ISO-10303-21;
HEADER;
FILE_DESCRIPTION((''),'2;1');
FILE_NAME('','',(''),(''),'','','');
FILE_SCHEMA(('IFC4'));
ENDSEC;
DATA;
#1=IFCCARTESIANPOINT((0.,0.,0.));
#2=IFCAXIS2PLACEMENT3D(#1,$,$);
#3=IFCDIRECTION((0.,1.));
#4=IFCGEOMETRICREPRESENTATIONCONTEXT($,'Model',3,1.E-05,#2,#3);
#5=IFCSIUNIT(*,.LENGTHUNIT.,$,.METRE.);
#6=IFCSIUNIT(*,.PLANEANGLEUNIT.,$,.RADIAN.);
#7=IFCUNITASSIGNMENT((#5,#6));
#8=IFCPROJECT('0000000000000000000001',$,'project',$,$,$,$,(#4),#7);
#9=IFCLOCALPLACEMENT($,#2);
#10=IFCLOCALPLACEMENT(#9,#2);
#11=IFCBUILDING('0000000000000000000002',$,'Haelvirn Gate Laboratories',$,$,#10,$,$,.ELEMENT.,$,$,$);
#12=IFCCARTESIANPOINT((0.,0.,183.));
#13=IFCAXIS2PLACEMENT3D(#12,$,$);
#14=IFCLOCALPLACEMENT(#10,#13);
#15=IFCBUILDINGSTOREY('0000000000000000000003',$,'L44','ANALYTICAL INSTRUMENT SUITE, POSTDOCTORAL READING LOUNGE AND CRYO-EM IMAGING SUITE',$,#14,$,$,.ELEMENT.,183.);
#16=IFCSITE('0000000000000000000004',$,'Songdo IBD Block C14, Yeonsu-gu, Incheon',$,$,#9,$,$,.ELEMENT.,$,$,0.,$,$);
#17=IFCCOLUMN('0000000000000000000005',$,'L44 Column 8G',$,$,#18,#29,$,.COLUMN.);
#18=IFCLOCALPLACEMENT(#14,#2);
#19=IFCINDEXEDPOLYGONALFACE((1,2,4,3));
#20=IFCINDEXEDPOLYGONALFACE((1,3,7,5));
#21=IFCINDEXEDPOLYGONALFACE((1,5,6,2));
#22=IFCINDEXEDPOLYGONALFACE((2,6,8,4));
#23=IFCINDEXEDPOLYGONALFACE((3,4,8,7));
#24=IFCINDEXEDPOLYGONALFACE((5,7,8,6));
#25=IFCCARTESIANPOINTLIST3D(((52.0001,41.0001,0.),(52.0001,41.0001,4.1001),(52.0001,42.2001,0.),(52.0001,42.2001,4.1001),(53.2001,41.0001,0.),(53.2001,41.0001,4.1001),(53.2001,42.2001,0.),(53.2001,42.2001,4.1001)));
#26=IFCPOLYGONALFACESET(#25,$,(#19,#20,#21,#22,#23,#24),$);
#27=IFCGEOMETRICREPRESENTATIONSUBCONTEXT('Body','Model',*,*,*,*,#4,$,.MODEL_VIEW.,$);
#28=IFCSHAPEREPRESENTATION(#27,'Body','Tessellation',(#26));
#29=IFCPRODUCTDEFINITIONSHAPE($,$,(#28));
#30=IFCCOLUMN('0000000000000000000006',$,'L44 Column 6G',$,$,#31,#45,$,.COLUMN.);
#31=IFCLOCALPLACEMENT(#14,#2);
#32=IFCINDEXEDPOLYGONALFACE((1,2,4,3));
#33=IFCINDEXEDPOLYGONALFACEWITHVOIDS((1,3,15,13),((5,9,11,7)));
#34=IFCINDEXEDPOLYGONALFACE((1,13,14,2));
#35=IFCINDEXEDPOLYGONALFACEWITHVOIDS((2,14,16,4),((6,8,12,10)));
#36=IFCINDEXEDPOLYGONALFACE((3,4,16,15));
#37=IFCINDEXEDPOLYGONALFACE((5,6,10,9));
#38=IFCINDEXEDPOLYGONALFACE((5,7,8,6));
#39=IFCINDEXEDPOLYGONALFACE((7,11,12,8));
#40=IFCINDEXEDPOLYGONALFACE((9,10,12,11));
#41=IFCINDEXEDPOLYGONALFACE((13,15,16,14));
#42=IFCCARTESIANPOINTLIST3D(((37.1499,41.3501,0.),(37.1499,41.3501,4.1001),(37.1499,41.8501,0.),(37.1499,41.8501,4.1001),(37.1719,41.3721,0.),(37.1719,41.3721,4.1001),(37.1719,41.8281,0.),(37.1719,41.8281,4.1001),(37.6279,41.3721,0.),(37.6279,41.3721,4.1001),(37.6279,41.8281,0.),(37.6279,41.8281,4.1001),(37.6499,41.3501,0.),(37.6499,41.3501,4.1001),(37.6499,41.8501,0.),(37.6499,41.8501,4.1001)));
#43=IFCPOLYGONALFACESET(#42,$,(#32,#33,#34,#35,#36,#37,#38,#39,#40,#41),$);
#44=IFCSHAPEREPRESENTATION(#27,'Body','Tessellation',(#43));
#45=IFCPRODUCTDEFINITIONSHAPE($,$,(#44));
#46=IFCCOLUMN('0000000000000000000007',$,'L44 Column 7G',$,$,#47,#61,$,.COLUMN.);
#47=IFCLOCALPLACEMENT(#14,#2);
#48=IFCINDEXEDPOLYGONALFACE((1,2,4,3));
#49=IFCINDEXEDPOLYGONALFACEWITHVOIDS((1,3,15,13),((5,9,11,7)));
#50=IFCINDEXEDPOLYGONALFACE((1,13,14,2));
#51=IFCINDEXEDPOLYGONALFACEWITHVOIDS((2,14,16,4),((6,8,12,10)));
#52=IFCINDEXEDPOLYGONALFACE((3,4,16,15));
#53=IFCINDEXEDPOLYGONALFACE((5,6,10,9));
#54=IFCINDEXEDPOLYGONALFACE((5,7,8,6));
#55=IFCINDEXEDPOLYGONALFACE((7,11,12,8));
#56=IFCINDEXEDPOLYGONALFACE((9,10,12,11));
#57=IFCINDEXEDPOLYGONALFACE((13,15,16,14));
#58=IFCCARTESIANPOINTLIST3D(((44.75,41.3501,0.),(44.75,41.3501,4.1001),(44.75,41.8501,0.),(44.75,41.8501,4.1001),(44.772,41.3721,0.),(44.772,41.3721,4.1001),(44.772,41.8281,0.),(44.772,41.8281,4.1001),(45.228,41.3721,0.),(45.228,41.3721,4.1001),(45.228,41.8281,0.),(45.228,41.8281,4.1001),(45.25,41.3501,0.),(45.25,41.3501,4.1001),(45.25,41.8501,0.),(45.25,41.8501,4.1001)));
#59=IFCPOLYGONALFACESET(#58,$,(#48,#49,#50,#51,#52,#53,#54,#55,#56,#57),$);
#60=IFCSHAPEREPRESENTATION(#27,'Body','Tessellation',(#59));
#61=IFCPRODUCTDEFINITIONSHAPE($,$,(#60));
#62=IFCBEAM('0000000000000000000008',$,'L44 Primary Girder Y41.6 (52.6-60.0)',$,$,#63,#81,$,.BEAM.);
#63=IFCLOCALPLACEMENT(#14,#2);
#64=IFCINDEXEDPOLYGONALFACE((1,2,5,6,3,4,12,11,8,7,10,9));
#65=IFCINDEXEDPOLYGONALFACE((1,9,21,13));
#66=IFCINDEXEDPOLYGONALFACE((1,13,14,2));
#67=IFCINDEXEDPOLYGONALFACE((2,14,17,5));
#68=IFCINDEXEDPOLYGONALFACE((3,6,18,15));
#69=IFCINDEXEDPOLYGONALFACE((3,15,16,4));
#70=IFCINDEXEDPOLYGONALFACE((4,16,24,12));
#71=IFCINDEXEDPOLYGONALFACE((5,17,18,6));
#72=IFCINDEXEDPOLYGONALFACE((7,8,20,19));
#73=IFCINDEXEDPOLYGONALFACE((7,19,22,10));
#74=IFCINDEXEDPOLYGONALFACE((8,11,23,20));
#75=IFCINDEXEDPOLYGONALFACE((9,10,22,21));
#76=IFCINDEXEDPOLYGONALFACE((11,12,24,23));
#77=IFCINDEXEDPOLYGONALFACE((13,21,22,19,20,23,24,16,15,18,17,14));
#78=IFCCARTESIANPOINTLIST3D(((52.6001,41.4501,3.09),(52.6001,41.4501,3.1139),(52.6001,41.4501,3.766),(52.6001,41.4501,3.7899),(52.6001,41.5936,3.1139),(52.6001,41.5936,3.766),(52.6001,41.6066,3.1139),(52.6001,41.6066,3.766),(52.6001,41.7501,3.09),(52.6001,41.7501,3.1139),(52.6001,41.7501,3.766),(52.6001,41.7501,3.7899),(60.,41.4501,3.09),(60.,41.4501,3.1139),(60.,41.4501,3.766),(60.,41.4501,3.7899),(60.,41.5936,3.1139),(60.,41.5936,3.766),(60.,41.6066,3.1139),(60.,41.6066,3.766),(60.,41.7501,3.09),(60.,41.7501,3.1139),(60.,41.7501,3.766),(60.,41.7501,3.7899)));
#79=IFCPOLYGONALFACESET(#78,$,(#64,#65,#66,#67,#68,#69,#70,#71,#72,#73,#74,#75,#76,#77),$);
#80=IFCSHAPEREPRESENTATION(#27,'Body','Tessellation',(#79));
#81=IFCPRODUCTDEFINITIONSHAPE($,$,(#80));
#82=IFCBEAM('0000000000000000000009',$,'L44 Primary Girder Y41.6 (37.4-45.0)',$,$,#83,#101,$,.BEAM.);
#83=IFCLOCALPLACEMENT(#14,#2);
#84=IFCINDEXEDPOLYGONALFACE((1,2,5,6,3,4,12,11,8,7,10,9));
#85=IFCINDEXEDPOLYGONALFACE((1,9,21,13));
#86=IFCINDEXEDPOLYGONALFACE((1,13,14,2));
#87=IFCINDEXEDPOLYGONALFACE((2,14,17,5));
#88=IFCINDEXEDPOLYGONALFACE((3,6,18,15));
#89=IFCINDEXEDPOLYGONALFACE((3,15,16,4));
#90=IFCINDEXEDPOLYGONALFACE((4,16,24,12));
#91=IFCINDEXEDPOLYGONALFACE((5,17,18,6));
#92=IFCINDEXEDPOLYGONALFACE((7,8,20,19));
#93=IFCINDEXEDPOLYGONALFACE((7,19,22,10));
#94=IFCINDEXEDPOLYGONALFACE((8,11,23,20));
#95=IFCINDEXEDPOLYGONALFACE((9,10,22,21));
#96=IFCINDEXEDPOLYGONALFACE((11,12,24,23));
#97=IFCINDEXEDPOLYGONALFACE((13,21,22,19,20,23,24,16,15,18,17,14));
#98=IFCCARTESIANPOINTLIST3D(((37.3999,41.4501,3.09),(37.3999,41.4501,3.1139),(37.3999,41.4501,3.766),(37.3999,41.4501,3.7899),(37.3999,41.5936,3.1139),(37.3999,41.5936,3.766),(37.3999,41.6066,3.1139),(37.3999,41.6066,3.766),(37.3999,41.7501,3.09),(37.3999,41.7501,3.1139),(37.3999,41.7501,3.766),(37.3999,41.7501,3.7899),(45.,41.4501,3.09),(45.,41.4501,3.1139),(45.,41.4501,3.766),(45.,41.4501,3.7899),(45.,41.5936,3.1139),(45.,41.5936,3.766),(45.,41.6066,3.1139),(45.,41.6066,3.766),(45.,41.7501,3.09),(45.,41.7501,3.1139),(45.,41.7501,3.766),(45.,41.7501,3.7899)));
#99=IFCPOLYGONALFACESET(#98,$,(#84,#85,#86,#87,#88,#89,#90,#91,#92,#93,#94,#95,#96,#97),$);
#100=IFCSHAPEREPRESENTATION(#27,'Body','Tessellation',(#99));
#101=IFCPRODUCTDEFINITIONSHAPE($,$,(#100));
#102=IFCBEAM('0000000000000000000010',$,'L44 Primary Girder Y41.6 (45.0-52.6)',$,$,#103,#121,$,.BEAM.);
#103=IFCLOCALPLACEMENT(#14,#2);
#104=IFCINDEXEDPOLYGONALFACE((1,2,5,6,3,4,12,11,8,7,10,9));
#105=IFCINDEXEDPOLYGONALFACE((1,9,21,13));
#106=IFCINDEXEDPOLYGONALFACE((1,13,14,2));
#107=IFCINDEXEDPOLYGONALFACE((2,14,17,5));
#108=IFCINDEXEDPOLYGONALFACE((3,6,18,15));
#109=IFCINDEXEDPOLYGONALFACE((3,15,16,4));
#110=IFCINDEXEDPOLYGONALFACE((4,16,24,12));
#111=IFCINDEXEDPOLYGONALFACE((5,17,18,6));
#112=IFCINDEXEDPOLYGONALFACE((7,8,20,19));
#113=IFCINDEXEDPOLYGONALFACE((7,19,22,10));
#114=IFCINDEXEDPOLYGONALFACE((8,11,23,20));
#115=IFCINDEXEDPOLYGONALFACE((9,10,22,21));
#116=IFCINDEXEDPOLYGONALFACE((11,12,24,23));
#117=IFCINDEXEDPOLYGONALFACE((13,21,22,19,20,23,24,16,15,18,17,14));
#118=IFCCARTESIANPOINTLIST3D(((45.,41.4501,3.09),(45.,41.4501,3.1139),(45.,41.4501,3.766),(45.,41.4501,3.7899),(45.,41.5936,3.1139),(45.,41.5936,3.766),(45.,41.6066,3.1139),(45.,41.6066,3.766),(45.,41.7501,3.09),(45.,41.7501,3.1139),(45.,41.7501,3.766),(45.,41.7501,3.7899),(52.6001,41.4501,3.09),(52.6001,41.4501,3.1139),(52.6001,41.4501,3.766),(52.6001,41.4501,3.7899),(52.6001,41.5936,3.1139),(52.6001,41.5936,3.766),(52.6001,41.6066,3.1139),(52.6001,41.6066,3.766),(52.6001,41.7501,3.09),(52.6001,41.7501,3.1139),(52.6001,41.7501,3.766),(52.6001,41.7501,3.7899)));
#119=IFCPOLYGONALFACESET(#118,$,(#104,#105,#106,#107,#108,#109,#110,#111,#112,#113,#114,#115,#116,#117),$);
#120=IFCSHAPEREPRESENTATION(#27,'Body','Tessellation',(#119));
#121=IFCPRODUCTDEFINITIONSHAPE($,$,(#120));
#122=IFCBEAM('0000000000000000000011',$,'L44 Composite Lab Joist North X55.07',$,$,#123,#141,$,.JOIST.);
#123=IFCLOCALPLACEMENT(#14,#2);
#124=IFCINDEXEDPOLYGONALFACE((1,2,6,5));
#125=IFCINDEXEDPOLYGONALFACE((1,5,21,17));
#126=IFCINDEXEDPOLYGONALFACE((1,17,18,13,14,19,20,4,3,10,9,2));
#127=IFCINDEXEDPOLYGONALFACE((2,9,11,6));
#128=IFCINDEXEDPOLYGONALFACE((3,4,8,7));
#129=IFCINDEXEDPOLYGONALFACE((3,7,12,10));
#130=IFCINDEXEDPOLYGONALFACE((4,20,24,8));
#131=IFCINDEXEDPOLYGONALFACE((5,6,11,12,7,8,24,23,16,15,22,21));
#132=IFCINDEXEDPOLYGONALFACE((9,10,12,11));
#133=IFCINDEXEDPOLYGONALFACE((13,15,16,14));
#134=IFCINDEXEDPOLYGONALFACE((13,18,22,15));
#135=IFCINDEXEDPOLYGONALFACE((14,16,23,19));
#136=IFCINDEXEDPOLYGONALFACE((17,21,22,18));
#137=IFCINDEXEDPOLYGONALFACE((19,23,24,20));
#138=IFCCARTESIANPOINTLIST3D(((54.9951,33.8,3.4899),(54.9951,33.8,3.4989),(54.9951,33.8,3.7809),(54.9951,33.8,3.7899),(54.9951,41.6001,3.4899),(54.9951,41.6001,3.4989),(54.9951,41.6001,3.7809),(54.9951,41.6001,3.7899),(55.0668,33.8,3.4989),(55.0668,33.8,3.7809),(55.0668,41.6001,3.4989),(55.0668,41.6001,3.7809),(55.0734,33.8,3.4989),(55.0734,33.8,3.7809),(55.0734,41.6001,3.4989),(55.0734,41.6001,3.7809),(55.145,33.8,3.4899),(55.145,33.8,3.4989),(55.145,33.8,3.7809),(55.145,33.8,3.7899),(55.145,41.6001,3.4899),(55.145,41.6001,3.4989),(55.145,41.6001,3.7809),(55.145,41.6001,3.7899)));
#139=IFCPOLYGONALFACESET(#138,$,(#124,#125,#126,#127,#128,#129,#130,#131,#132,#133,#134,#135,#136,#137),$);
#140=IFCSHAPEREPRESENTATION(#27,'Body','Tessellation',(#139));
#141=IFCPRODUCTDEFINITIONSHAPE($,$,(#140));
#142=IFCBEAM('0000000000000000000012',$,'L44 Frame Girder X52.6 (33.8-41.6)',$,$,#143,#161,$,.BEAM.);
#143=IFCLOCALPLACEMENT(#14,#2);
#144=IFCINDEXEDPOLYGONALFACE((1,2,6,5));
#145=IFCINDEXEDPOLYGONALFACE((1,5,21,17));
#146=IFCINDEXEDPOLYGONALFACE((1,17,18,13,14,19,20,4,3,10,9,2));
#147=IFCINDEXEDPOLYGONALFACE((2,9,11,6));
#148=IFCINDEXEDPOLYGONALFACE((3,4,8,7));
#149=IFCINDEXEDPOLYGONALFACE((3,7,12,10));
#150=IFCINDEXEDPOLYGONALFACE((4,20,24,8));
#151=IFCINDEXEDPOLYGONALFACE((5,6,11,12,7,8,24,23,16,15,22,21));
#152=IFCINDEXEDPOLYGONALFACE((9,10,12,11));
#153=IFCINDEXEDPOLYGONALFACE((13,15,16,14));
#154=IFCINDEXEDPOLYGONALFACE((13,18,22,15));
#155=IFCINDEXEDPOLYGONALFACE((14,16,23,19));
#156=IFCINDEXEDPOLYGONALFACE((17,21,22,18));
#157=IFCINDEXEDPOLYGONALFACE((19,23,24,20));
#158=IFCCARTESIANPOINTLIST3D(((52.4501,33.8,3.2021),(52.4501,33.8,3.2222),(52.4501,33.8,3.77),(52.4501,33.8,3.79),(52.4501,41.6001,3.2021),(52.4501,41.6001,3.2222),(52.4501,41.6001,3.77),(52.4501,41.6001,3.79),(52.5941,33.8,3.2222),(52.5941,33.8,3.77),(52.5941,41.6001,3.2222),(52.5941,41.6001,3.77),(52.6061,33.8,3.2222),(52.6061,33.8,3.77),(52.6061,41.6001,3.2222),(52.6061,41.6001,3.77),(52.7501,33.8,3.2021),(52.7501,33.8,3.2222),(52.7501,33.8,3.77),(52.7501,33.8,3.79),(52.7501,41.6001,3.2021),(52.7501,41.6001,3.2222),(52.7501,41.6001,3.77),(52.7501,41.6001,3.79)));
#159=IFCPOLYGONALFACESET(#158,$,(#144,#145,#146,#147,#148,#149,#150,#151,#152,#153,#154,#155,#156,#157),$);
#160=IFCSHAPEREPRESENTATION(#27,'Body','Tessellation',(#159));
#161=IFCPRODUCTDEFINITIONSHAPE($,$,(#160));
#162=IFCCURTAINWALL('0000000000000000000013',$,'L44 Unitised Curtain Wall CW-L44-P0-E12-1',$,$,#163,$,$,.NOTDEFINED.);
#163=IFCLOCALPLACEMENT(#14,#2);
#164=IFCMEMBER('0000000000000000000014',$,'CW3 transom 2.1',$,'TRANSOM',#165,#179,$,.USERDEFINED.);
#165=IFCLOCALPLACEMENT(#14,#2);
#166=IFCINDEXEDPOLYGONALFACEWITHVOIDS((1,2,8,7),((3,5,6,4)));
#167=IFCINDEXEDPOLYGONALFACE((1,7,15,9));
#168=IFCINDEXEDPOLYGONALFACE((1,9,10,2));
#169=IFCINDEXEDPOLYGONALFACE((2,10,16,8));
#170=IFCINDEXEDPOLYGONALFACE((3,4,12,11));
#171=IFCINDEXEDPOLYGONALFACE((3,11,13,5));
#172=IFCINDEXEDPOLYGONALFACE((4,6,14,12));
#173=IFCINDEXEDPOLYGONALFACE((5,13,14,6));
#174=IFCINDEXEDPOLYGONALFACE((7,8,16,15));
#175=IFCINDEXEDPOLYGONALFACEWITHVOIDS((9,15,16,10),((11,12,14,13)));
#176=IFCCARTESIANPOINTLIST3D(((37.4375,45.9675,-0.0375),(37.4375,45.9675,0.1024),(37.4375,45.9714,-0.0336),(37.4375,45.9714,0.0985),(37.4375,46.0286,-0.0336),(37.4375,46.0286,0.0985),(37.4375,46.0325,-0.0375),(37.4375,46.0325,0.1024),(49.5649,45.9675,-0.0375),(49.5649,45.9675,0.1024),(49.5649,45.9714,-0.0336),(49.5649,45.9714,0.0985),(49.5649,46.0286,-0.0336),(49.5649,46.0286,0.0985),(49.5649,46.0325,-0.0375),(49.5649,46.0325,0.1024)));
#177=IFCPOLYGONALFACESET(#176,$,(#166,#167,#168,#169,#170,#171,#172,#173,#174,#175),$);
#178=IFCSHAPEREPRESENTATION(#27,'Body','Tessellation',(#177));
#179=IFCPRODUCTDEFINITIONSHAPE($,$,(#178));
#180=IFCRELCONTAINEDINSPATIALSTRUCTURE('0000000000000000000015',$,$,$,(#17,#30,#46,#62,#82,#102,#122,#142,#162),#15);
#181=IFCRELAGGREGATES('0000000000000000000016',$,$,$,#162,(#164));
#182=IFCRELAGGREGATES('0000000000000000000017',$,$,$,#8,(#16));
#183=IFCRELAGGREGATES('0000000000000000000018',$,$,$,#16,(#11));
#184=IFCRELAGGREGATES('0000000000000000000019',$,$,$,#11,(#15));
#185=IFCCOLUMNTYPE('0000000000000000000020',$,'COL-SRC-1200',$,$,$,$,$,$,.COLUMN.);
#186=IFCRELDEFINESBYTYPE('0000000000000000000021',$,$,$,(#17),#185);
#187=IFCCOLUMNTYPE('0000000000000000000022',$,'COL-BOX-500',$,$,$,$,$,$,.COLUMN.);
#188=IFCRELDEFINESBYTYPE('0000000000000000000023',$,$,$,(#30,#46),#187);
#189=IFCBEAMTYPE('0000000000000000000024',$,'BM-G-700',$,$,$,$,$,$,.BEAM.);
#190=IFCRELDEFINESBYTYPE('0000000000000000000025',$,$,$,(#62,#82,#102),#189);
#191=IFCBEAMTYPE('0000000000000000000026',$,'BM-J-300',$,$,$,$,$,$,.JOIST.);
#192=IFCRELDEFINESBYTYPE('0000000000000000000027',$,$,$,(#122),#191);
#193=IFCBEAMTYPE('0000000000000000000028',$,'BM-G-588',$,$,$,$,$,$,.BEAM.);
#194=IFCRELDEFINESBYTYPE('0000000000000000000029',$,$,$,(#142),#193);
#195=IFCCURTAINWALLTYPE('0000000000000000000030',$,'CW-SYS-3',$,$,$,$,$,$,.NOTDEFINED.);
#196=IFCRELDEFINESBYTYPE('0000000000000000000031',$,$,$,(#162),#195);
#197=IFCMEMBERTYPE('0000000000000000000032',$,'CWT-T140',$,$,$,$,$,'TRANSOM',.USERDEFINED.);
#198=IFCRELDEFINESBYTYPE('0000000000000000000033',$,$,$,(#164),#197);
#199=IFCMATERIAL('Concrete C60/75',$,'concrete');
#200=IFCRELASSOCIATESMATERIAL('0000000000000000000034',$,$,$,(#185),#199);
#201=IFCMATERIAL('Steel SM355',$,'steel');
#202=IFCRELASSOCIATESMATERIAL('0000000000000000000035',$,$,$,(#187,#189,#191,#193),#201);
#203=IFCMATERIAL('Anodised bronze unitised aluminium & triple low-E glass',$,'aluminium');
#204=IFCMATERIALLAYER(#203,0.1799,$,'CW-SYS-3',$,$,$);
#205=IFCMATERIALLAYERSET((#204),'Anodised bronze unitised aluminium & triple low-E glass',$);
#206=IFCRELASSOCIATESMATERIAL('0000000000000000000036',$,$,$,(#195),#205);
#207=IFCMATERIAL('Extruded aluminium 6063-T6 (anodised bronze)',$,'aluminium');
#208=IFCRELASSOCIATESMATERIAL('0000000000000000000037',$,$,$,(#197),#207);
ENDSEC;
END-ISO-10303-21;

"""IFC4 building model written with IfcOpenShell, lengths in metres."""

from ifc_helpers import new_model, si_unit, direction, frame, origin, origin_2d, place, context, subcontext, project, spatial, rectangle, hollow_rectangle, i_section, extrude, source, transform, mapped, material, layer, layer_set, material_profile, profile_set, type_object, type_shapes, element, aggregate, save


model = new_model("IFC4")

# Units and contexts
model_context = context("Model", 3, precision=1e-05, world=origin(), true_north=direction((0.0, 1.0)))
body_context = subcontext(model_context, "Body", "Model", "MODEL_VIEW")
ifc_project = project(units=[si_unit("LENGTHUNIT", "METRE"), si_unit("PLANEANGLEUNIT", "RADIAN")], contexts=[model_context])

# Site, building, storey
site_placement = place(None, origin())
site = spatial("IfcSite", under=ifc_project, at=site_placement, Name="Songdo IBD Block C14, Yeonsu-gu, Incheon", CompositionType="ELEMENT", RefElevation=0.0)
building_placement = place(site_placement, origin())
building = spatial("IfcBuilding", under=site, at=building_placement, Name="Haelvirn Gate Laboratories", CompositionType="ELEMENT")
storey_placement = place(building_placement, frame((0.0, 0.0, 183.0)))
storey = spatial("IfcBuildingStorey", under=building, at=storey_placement, Name="L44", Description="ANALYTICAL INSTRUMENT SUITE, POSTDOCTORAL READING LOUNGE AND CRYO-EM IMAGING SUITE", CompositionType="ELEMENT", Elevation=183.0)

# Columns
ifc_material_1 = material(Name="Concrete C60/75", Category="concrete")
ifc_material_profile_1 = material_profile(ifc_material_1, rectangle(XDim=1.2, YDim=1.2, at=origin_2d()), Name="SRC-1200x1200")
ifc_profile_set_1 = profile_set([ifc_material_profile_1], Name="Concrete C60/75")
column_type_1 = type_object("IfcColumnType", Name="COL-SRC-1200", PredefinedType="COLUMN", material=ifc_profile_set_1)
shared_shape_1 = source(origin(), body_context, "Body", "SweptSolid", [
    extrude(rectangle(XDim=1.2, YDim=1.2, at=origin_2d()), origin(), (0.0, 0.0, 1.0), 4.1001),
])
type_shapes(column_type_1, [shared_shape_1])
column_placement = place(storey_placement, frame((52.6001, 41.6001, 0.0), z_axis=(0.0, 0.0, 1.0), x_axis=(1.0, 0.0, 0.0)))
element("IfcColumn", 1, at=column_placement, inside=storey, type_object=column_type_1, Name="L44 Column 8G", PredefinedType="COLUMN", context=body_context, shape_type="MappedRepresentation", body=[
    mapped(shared_shape_1, transform((0.0, 0.0, 0.0), scale=1.0)),
])
ifc_material_2 = material(Name="Steel SM355", Category="steel")
ifc_material_profile_2 = material_profile(ifc_material_2, hollow_rectangle(XDim=0.5, YDim=0.5, WallThickness=0.022, at=origin_2d()), Name="BOX-500x500x22")
ifc_profile_set_2 = profile_set([ifc_material_profile_2], Name="Steel SM355")
column_type_2 = type_object("IfcColumnType", Name="COL-BOX-500", PredefinedType="COLUMN", material=ifc_profile_set_2)
shared_shape_2 = source(origin(), body_context, "Body", "SweptSolid", [
    extrude(hollow_rectangle(XDim=0.5, YDim=0.5, WallThickness=0.022, at=origin_2d()), origin(), (0.0, 0.0, 1.0), 4.1001),
])
type_shapes(column_type_2, [shared_shape_2])
for number, where, z_axis, x_axis, name in (
    (2, (37.3999, 41.6001, 0.0), (0.0, 0.0, 1.0), (1.0, 0.0, 0.0), "L44 Column 6G"),
    (3, (45.0, 41.6001, 0.0), (0.0, 0.0, 1.0), (1.0, 0.0, 0.0), "L44 Column 7G"),
):
    element("IfcColumn", number, at=place(storey_placement, frame(where, z_axis=z_axis, x_axis=x_axis)), inside=storey, type_object=column_type_2, Name=name, PredefinedType="COLUMN", context=body_context, shape_type="MappedRepresentation", body=[
        mapped(shared_shape_2, transform((0.0, 0.0, 0.0), scale=1.0)),
    ])

# Beams
ifc_material_profile_3 = material_profile(ifc_material_2, i_section(OverallWidth=0.3, OverallDepth=0.7, WebThickness=0.0129, FlangeThickness=0.0239, at=origin_2d()), Name="H-700x300x13x24")
ifc_profile_set_3 = profile_set([ifc_material_profile_3], Name="Steel SM355")
beam_type_1 = type_object("IfcBeamType", Name="BM-G-700", PredefinedType="BEAM", material=ifc_profile_set_3)
shared_shape_3 = source(origin(), body_context, "Body", "SweptSolid", [
    extrude(i_section(OverallWidth=0.3, OverallDepth=0.7, WebThickness=0.0129, FlangeThickness=0.0239, at=origin_2d()), origin(), (0.0, 0.0, 1.0), 7.3999),
])
beam_1_placement = place(storey_placement, frame((52.6001, 41.6001, 3.4399), z_axis=(1.0, 0.0, 0.0), x_axis=(0.0, 1.0, 0.0)))
element("IfcBeam", 4, at=beam_1_placement, inside=storey, type_object=beam_type_1, Name="L44 Primary Girder Y41.6 (52.6-60.0)", PredefinedType="BEAM", context=body_context, shape_type="MappedRepresentation", body=[
    mapped(shared_shape_3, transform((0.0, 0.0, 0.0), scale=1.0)),
])
shared_shape_4 = source(origin(), body_context, "Body", "SweptSolid", [
    extrude(i_section(OverallWidth=0.3, OverallDepth=0.7, WebThickness=0.0129, FlangeThickness=0.0239, at=origin_2d()), origin(), (0.0, 0.0, 1.0), 7.6001),
])
type_shapes(beam_type_1, [shared_shape_3, shared_shape_4])
for number, where, z_axis, x_axis, name in (
    (5, (37.3999, 41.6001, 3.4399), (1.0, 0.0, 0.0), (0.0, 1.0, 0.0), "L44 Primary Girder Y41.6 (37.4-45.0)"),
    (6, (45.0, 41.6001, 3.4399), (1.0, 0.0, 0.0), (0.0, 1.0, 0.0), "L44 Primary Girder Y41.6 (45.0-52.6)"),
):
    element("IfcBeam", number, at=place(storey_placement, frame(where, z_axis=z_axis, x_axis=x_axis)), inside=storey, type_object=beam_type_1, Name=name, PredefinedType="BEAM", context=body_context, shape_type="MappedRepresentation", body=[
        mapped(shared_shape_4, transform((0.0, 0.0, 0.0), scale=1.0)),
    ])
ifc_material_profile_4 = material_profile(ifc_material_2, i_section(OverallWidth=0.1499, OverallDepth=0.3, WebThickness=0.0066, FlangeThickness=0.009, at=origin_2d()), Name="H-300x150x6.5x9")
ifc_profile_set_4 = profile_set([ifc_material_profile_4], Name="Steel SM355")
beam_type_2 = type_object("IfcBeamType", Name="BM-J-300", PredefinedType="JOIST", material=ifc_profile_set_4)
shared_shape_5 = source(origin(), body_context, "Body", "SweptSolid", [
    extrude(i_section(OverallWidth=0.1499, OverallDepth=0.3, WebThickness=0.0066, FlangeThickness=0.009, at=origin_2d()), origin(), (0.0, 0.0, 1.0), 7.8),
])
type_shapes(beam_type_2, [shared_shape_5])
beam_2_placement = place(storey_placement, frame((55.0701, 33.8, 3.6399), z_axis=(0.0, 1.0, 0.0), x_axis=(-1.0, 0.0, 0.0)))
element("IfcBeam", 7, at=beam_2_placement, inside=storey, type_object=beam_type_2, Name="L44 Composite Lab Joist North X55.07", PredefinedType="JOIST", context=body_context, shape_type="MappedRepresentation", body=[
    mapped(shared_shape_5, transform((0.0, 0.0, 0.0), scale=1.0)),
])
ifc_material_profile_5 = material_profile(ifc_material_2, i_section(OverallWidth=0.3, OverallDepth=0.5879, WebThickness=0.012, FlangeThickness=0.02, at=origin_2d()), Name="H-588x300x12x20")
ifc_profile_set_5 = profile_set([ifc_material_profile_5], Name="Steel SM355")
beam_type_3 = type_object("IfcBeamType", Name="BM-G-588", PredefinedType="BEAM", material=ifc_profile_set_5)
shared_shape_6 = source(origin(), body_context, "Body", "SweptSolid", [
    extrude(i_section(OverallWidth=0.3, OverallDepth=0.5879, WebThickness=0.012, FlangeThickness=0.02, at=origin_2d()), origin(), (0.0, 0.0, 1.0), 7.8),
])
type_shapes(beam_type_3, [shared_shape_6])
beam_3_placement = place(storey_placement, frame((52.6001, 33.8, 3.4961), z_axis=(0.0, 1.0, 0.0), x_axis=(-1.0, 0.0, 0.0)))
element("IfcBeam", 8, at=beam_3_placement, inside=storey, type_object=beam_type_3, Name="L44 Frame Girder X52.6 (33.8-41.6)", PredefinedType="BEAM", context=body_context, shape_type="MappedRepresentation", body=[
    mapped(shared_shape_6, transform((0.0, 0.0, 0.0), scale=1.0)),
])

# Curtain wall, member
ifc_material_3 = material(Name="Anodised bronze unitised aluminium & triple low-E glass", Category="aluminium")
ifc_layer_1 = layer(ifc_material_3, 0.1799, Name="CW-SYS-3")
ifc_layer_set_1 = layer_set([ifc_layer_1], Name="Anodised bronze unitised aluminium & triple low-E glass")
curtain_wall_type = type_object("IfcCurtainWallType", Name="CW-SYS-3", PredefinedType="NOTDEFINED", material=ifc_layer_set_1)
curtain_wall_1_placement = place(storey_placement, origin())
curtain_wall_1 = element("IfcCurtainWall", 9, at=curtain_wall_1_placement, inside=storey, type_object=curtain_wall_type, Name="L44 Unitised Curtain Wall CW-L44-P0-E12-1", PredefinedType="NOTDEFINED")
ifc_material_4 = material(Name="Extruded aluminium 6063-T6 (anodised bronze)", Category="aluminium")
ifc_material_profile_6 = material_profile(ifc_material_4, hollow_rectangle(XDim=0.0649, YDim=0.1399, WallThickness=0.0039, at=origin_2d()), Name="CWT-140x65x4")
ifc_profile_set_6 = profile_set([ifc_material_profile_6], Name="Extruded aluminium 6063-T6 (anodised bronze)")
member_type_1 = type_object("IfcMemberType", Name="CWT-T140", ElementType="TRANSOM", PredefinedType="USERDEFINED", material=ifc_profile_set_6)
shared_shape_7 = source(origin(), body_context, "Body", "SweptSolid", [
    extrude(hollow_rectangle(XDim=0.0649, YDim=0.1399, WallThickness=0.0039, at=origin_2d()), origin(), (0.0, 0.0, 1.0), 12.1274),
])
member_1_placement = place(storey_placement, frame((37.4375, 46.0, 0.0325), z_axis=(1.0, 0.0, 0.0), x_axis=(0.0, 1.0, 0.0)))
member_1 = element("IfcMember", 10, at=member_1_placement, type_object=member_type_1, Name="CW3 transom 2.1", ObjectType="TRANSOM", PredefinedType="USERDEFINED", context=body_context, shape_type="MappedRepresentation", body=[
    mapped(shared_shape_7, transform((0.0, 0.0, 0.0), scale=1.0)),
])

aggregate(curtain_wall_1, [member_1])

save(model, "model.ifc")
